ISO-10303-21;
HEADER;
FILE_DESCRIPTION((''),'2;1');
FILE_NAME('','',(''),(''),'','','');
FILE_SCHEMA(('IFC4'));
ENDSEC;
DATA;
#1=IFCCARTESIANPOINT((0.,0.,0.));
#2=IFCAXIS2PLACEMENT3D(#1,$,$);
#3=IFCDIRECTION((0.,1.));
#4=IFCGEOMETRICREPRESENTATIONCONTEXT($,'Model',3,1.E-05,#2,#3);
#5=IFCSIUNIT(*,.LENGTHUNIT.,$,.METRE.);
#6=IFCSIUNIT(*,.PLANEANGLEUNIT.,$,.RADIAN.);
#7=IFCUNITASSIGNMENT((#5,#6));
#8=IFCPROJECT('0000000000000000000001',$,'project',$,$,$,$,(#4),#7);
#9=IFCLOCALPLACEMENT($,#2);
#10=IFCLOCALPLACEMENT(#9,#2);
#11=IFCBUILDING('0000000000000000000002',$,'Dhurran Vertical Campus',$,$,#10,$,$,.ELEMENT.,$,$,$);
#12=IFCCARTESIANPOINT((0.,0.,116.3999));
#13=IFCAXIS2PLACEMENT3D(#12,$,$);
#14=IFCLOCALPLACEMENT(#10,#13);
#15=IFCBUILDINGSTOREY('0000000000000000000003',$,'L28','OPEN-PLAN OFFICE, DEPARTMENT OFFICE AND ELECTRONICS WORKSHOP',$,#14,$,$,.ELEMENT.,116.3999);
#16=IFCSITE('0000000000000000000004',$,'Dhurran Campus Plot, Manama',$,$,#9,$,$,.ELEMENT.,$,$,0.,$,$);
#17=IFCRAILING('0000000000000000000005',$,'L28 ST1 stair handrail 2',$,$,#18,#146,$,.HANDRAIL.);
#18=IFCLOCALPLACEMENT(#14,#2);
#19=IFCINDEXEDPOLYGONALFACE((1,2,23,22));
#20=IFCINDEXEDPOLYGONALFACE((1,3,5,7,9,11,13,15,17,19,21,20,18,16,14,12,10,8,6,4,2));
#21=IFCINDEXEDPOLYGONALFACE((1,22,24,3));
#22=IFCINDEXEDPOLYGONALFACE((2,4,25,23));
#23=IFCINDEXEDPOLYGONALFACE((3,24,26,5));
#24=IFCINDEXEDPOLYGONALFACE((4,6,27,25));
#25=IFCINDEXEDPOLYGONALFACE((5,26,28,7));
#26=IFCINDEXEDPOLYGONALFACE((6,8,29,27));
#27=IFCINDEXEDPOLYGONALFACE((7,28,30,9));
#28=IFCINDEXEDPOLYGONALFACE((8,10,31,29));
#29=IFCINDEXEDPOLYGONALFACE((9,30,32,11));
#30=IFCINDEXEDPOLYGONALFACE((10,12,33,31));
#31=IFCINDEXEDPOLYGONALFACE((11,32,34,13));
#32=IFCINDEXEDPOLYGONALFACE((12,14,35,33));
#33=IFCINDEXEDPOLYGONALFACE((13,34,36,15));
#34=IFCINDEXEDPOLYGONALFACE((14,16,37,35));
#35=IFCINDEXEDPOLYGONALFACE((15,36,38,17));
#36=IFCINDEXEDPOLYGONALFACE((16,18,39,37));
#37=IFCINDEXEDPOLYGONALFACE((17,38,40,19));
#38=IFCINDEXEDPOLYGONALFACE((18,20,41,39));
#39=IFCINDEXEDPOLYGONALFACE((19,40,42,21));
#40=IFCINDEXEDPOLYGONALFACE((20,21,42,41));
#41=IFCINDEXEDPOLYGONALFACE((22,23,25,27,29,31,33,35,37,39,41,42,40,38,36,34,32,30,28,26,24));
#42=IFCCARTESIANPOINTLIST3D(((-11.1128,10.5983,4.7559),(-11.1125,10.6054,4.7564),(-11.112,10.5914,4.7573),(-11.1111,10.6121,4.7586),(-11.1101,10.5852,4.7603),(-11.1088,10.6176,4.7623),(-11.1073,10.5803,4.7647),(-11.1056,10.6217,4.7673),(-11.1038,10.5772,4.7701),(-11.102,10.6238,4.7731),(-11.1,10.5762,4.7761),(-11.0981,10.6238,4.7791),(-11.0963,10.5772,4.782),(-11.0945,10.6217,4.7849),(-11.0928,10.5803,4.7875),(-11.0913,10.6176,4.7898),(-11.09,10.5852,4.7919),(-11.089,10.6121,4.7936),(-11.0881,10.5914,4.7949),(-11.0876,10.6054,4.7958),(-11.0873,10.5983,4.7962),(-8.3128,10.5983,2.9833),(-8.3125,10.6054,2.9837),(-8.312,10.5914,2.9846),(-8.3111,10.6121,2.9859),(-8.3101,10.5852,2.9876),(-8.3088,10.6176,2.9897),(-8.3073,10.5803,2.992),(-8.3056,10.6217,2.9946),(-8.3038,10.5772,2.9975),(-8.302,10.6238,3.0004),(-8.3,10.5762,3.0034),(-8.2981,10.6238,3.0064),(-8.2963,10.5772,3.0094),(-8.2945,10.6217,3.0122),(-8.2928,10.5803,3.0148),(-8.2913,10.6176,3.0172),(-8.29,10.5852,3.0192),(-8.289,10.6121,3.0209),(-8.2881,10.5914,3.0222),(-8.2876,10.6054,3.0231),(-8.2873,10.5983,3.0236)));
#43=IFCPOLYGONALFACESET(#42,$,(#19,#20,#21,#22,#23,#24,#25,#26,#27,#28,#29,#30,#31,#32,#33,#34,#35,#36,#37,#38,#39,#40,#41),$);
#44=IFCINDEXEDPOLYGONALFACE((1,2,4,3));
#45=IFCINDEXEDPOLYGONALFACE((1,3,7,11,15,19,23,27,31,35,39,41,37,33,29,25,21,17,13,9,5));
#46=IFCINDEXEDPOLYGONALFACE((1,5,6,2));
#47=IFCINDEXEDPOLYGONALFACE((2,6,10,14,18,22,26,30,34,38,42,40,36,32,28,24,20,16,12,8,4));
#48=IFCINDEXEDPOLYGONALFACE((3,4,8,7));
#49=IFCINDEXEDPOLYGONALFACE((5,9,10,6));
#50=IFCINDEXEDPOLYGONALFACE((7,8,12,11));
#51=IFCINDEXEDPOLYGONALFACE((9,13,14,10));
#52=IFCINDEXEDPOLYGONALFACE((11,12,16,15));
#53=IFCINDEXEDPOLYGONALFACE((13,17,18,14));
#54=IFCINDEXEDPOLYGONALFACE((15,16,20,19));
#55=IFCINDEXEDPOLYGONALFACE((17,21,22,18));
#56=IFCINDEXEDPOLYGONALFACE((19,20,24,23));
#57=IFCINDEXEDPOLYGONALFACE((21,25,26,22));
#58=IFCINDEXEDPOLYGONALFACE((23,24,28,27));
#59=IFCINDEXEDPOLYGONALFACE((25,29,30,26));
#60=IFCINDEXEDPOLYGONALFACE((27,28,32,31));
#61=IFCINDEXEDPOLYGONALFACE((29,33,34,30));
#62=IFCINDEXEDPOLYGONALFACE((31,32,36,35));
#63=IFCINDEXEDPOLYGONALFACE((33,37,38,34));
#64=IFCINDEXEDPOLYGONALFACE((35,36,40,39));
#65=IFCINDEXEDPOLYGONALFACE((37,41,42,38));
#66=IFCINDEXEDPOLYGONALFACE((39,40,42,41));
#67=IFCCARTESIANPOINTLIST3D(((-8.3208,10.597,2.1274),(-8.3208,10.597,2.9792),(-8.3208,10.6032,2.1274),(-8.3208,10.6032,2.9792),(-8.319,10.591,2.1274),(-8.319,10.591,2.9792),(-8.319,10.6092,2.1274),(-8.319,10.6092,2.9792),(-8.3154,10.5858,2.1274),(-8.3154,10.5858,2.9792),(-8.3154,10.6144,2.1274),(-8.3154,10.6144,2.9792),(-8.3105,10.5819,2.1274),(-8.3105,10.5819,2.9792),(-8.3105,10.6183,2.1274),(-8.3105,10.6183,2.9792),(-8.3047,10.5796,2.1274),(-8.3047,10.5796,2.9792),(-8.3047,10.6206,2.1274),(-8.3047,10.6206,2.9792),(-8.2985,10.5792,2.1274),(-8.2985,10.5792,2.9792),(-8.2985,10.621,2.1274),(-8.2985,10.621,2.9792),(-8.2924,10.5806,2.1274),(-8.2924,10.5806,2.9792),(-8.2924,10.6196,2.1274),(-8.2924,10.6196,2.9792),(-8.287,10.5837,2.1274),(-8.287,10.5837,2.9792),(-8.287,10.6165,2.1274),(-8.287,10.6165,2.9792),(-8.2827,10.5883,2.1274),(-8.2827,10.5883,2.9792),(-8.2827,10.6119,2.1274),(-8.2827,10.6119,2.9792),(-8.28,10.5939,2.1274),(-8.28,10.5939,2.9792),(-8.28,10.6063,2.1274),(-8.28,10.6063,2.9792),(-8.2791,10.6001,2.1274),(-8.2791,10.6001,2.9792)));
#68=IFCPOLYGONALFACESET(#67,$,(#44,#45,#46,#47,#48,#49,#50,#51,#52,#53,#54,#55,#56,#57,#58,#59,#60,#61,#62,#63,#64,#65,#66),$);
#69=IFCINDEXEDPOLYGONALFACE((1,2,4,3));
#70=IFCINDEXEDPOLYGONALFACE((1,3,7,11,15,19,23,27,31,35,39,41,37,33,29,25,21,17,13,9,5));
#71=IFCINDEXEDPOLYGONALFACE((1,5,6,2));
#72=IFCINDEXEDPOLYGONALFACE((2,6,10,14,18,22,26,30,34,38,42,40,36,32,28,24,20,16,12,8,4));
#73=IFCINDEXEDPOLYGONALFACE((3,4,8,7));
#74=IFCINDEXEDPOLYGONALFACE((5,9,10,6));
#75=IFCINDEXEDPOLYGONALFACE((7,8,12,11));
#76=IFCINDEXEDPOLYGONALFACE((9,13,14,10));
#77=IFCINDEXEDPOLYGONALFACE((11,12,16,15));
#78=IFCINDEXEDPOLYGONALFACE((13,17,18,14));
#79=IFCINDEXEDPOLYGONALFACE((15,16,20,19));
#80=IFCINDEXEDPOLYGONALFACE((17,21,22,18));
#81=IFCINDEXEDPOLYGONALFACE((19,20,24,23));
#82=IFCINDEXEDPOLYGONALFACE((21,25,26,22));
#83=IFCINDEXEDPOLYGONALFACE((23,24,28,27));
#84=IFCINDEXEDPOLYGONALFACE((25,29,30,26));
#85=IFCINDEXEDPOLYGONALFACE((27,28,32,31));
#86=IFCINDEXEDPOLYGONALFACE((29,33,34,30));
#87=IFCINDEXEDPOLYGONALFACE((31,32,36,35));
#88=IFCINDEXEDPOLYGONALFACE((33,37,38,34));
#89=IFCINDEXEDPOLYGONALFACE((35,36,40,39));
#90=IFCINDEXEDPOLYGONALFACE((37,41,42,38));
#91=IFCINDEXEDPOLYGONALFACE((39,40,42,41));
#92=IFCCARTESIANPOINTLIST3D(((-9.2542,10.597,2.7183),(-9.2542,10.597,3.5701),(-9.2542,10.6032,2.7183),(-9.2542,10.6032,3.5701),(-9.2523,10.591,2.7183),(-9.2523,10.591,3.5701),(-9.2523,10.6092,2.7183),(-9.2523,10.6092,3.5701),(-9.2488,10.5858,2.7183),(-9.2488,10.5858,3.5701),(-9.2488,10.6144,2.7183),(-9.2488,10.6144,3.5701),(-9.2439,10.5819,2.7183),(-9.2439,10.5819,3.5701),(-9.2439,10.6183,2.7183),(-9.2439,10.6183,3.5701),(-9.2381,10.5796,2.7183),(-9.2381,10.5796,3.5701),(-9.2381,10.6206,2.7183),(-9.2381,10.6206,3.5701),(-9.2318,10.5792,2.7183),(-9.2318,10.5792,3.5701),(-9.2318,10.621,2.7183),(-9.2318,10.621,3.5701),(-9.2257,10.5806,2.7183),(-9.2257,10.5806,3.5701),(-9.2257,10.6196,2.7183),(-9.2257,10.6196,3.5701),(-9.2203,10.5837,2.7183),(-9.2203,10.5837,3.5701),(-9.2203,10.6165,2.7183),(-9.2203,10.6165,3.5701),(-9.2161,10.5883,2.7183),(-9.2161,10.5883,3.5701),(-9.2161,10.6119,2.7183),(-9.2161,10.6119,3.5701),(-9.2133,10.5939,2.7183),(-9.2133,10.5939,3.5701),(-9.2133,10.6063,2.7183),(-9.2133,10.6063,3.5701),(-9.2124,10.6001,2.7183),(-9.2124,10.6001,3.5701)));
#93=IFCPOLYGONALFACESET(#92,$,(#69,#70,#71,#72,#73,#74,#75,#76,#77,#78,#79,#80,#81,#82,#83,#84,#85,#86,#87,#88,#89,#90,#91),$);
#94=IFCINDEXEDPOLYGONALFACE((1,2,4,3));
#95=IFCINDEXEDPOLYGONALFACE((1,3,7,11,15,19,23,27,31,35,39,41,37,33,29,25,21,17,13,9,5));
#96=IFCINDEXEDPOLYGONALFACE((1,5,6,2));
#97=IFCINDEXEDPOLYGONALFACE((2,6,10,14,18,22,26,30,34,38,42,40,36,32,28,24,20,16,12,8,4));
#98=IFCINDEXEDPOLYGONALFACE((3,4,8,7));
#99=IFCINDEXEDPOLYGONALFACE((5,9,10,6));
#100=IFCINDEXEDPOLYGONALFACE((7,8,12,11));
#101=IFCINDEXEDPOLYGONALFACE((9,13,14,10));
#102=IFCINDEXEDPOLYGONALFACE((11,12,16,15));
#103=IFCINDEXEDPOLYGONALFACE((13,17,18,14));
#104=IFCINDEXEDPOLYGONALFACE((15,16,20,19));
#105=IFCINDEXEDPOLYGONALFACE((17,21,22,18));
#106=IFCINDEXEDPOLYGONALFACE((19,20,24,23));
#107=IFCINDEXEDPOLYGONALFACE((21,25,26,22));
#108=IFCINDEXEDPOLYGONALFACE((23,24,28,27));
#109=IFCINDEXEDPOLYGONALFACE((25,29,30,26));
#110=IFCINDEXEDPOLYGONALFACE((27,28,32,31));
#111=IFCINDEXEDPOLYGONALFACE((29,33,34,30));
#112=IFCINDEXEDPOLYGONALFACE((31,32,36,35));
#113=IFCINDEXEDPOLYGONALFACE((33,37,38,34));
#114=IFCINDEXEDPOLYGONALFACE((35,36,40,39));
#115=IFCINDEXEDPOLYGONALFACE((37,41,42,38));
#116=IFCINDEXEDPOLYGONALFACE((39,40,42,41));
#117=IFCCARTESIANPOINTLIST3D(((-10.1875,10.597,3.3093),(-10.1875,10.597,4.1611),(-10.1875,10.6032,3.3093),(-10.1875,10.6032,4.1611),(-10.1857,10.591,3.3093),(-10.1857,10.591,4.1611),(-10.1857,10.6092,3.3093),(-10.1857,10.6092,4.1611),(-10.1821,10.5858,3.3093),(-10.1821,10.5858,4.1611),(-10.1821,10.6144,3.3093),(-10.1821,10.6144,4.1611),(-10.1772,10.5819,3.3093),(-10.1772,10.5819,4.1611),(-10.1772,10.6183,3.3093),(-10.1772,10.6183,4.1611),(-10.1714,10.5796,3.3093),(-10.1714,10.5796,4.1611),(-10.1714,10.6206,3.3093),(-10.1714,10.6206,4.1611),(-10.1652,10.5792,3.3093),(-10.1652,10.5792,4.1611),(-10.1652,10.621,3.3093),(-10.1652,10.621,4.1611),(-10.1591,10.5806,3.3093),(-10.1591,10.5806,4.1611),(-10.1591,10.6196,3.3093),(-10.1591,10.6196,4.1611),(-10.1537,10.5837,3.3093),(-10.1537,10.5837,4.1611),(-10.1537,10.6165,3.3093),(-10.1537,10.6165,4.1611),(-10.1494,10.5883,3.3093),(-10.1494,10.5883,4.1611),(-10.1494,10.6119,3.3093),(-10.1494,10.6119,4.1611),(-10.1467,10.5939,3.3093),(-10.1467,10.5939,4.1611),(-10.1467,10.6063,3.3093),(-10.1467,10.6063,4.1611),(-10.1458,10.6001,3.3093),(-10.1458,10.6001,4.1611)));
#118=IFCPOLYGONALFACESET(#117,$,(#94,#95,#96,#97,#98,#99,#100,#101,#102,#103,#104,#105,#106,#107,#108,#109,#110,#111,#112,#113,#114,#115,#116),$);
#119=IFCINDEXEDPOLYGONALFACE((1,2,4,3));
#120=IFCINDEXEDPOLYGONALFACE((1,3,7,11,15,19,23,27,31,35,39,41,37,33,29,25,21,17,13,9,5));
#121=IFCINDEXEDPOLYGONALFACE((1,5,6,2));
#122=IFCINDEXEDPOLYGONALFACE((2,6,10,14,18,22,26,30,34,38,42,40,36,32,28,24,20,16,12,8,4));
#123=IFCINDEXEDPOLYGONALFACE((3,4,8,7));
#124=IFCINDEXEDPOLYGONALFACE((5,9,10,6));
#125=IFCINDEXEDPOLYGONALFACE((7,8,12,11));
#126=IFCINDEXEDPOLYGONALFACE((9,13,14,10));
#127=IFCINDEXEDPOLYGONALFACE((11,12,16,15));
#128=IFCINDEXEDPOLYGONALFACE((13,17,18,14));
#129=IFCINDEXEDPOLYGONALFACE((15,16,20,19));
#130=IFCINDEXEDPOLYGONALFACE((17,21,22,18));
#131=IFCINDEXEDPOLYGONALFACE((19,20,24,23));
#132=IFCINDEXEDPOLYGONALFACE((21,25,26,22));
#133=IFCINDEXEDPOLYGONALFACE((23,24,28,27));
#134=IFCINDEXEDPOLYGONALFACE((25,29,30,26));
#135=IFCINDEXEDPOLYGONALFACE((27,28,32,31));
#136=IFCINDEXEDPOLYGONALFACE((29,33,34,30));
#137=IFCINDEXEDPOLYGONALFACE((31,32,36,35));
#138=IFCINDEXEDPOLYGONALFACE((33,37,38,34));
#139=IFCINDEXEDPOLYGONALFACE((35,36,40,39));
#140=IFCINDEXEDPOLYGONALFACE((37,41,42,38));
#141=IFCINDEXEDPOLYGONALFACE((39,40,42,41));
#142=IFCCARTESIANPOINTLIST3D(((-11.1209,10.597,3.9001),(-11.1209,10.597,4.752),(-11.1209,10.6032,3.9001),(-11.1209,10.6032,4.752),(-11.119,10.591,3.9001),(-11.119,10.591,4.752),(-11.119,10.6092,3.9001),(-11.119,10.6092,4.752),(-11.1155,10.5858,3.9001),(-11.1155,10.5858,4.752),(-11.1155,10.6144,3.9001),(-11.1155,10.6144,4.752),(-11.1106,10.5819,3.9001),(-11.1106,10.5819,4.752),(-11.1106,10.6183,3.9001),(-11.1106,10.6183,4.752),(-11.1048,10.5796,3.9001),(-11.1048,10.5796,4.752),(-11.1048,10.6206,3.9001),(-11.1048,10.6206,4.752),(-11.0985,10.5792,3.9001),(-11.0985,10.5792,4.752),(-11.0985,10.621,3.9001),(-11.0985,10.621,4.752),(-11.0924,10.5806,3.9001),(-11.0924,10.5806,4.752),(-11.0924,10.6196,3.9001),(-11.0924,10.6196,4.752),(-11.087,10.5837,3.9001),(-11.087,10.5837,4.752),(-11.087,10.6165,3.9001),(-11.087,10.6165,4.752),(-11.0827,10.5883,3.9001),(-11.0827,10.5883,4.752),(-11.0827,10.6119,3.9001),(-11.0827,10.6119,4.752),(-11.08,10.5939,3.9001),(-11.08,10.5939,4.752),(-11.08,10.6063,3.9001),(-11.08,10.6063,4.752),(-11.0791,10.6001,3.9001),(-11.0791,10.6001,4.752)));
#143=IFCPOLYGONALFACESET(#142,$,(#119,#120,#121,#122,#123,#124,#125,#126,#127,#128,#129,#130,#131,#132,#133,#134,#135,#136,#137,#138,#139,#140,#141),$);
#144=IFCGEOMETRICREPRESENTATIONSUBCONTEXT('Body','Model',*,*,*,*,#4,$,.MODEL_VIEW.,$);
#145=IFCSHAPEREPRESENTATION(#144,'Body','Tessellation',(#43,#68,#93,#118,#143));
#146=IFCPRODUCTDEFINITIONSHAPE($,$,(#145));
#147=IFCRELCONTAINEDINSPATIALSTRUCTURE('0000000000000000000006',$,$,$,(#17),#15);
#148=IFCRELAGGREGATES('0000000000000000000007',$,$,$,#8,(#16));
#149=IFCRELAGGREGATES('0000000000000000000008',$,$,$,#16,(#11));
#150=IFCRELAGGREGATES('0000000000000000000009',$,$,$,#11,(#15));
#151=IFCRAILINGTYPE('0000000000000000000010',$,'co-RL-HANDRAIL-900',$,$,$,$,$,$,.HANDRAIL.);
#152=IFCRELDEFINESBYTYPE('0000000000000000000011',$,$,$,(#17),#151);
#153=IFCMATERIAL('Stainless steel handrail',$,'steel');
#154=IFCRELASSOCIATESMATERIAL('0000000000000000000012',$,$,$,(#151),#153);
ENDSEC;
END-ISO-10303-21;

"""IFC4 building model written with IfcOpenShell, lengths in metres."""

from ifc_helpers import new_model, si_unit, direction, frame, origin, origin_2d, place, context, subcontext, project, spatial, circle, extrude, material, type_object, element, save


model = new_model("IFC4")

# Units and contexts
model_context = context("Model", 3, precision=1e-05, world=origin(), true_north=direction((0.0, 1.0)))
body_context = subcontext(model_context, "Body", "Model", "MODEL_VIEW")
ifc_project = project(units=[si_unit("LENGTHUNIT", "METRE"), si_unit("PLANEANGLEUNIT", "RADIAN")], contexts=[model_context])

# Site, building, storey
site_placement = place(None, origin())
site = spatial("IfcSite", under=ifc_project, at=site_placement, Name="Dhurran Campus Plot, Manama", CompositionType="ELEMENT", RefElevation=0.0)
building_placement = place(site_placement, origin())
building = spatial("IfcBuilding", under=site, at=building_placement, Name="Dhurran Vertical Campus", CompositionType="ELEMENT")
storey_placement = place(building_placement, frame((0.0, 0.0, 116.3999)))
storey = spatial("IfcBuildingStorey", under=building, at=storey_placement, Name="L28", Description="OPEN-PLAN OFFICE, DEPARTMENT OFFICE AND ELECTRONICS WORKSHOP", CompositionType="ELEMENT", Elevation=116.3999)

# Railing
ifc_material_1 = material(Name="Stainless steel handrail", Category="steel")
railing_type_1 = type_object("IfcRailingType", Name="co-RL-HANDRAIL-900", PredefinedType="HANDRAIL", material=ifc_material_1)
railing_1_placement = place(storey_placement, frame((-8.3, 10.6001, 2.1274)))
element("IfcRailing", 1, at=railing_1_placement, inside=storey, type_object=railing_type_1, Name="L28 ST1 stair handrail 2", PredefinedType="HANDRAIL", context=body_context, shape_type="SweptSolid", body=[
    extrude(circle(Radius=0.0239, at=origin_2d()), frame((0.0, 0.0, 0.876), z_axis=(-0.844909, 0.0, 0.53491), x_axis=(0.0, -1.0, 0.0)), (0.0, 0.0, 1.0), 3.314),
    extrude(circle(Radius=0.021, at=origin_2d()), origin(), (0.0, 0.0, 1.0), 0.8518),
    extrude(circle(Radius=0.021, at=origin_2d()), frame((-0.9333, 0.0, 0.5908)), (0.0, 0.0, 1.0), 0.8518),
    extrude(circle(Radius=0.021, at=origin_2d()), frame((-1.8667, 0.0, 1.1819)), (0.0, 0.0, 1.0), 0.8518),
    extrude(circle(Radius=0.021, at=origin_2d()), frame((-2.8, 0.0, 1.7727)), (0.0, 0.0, 1.0), 0.8518),
])

save(model, "model.ifc")
